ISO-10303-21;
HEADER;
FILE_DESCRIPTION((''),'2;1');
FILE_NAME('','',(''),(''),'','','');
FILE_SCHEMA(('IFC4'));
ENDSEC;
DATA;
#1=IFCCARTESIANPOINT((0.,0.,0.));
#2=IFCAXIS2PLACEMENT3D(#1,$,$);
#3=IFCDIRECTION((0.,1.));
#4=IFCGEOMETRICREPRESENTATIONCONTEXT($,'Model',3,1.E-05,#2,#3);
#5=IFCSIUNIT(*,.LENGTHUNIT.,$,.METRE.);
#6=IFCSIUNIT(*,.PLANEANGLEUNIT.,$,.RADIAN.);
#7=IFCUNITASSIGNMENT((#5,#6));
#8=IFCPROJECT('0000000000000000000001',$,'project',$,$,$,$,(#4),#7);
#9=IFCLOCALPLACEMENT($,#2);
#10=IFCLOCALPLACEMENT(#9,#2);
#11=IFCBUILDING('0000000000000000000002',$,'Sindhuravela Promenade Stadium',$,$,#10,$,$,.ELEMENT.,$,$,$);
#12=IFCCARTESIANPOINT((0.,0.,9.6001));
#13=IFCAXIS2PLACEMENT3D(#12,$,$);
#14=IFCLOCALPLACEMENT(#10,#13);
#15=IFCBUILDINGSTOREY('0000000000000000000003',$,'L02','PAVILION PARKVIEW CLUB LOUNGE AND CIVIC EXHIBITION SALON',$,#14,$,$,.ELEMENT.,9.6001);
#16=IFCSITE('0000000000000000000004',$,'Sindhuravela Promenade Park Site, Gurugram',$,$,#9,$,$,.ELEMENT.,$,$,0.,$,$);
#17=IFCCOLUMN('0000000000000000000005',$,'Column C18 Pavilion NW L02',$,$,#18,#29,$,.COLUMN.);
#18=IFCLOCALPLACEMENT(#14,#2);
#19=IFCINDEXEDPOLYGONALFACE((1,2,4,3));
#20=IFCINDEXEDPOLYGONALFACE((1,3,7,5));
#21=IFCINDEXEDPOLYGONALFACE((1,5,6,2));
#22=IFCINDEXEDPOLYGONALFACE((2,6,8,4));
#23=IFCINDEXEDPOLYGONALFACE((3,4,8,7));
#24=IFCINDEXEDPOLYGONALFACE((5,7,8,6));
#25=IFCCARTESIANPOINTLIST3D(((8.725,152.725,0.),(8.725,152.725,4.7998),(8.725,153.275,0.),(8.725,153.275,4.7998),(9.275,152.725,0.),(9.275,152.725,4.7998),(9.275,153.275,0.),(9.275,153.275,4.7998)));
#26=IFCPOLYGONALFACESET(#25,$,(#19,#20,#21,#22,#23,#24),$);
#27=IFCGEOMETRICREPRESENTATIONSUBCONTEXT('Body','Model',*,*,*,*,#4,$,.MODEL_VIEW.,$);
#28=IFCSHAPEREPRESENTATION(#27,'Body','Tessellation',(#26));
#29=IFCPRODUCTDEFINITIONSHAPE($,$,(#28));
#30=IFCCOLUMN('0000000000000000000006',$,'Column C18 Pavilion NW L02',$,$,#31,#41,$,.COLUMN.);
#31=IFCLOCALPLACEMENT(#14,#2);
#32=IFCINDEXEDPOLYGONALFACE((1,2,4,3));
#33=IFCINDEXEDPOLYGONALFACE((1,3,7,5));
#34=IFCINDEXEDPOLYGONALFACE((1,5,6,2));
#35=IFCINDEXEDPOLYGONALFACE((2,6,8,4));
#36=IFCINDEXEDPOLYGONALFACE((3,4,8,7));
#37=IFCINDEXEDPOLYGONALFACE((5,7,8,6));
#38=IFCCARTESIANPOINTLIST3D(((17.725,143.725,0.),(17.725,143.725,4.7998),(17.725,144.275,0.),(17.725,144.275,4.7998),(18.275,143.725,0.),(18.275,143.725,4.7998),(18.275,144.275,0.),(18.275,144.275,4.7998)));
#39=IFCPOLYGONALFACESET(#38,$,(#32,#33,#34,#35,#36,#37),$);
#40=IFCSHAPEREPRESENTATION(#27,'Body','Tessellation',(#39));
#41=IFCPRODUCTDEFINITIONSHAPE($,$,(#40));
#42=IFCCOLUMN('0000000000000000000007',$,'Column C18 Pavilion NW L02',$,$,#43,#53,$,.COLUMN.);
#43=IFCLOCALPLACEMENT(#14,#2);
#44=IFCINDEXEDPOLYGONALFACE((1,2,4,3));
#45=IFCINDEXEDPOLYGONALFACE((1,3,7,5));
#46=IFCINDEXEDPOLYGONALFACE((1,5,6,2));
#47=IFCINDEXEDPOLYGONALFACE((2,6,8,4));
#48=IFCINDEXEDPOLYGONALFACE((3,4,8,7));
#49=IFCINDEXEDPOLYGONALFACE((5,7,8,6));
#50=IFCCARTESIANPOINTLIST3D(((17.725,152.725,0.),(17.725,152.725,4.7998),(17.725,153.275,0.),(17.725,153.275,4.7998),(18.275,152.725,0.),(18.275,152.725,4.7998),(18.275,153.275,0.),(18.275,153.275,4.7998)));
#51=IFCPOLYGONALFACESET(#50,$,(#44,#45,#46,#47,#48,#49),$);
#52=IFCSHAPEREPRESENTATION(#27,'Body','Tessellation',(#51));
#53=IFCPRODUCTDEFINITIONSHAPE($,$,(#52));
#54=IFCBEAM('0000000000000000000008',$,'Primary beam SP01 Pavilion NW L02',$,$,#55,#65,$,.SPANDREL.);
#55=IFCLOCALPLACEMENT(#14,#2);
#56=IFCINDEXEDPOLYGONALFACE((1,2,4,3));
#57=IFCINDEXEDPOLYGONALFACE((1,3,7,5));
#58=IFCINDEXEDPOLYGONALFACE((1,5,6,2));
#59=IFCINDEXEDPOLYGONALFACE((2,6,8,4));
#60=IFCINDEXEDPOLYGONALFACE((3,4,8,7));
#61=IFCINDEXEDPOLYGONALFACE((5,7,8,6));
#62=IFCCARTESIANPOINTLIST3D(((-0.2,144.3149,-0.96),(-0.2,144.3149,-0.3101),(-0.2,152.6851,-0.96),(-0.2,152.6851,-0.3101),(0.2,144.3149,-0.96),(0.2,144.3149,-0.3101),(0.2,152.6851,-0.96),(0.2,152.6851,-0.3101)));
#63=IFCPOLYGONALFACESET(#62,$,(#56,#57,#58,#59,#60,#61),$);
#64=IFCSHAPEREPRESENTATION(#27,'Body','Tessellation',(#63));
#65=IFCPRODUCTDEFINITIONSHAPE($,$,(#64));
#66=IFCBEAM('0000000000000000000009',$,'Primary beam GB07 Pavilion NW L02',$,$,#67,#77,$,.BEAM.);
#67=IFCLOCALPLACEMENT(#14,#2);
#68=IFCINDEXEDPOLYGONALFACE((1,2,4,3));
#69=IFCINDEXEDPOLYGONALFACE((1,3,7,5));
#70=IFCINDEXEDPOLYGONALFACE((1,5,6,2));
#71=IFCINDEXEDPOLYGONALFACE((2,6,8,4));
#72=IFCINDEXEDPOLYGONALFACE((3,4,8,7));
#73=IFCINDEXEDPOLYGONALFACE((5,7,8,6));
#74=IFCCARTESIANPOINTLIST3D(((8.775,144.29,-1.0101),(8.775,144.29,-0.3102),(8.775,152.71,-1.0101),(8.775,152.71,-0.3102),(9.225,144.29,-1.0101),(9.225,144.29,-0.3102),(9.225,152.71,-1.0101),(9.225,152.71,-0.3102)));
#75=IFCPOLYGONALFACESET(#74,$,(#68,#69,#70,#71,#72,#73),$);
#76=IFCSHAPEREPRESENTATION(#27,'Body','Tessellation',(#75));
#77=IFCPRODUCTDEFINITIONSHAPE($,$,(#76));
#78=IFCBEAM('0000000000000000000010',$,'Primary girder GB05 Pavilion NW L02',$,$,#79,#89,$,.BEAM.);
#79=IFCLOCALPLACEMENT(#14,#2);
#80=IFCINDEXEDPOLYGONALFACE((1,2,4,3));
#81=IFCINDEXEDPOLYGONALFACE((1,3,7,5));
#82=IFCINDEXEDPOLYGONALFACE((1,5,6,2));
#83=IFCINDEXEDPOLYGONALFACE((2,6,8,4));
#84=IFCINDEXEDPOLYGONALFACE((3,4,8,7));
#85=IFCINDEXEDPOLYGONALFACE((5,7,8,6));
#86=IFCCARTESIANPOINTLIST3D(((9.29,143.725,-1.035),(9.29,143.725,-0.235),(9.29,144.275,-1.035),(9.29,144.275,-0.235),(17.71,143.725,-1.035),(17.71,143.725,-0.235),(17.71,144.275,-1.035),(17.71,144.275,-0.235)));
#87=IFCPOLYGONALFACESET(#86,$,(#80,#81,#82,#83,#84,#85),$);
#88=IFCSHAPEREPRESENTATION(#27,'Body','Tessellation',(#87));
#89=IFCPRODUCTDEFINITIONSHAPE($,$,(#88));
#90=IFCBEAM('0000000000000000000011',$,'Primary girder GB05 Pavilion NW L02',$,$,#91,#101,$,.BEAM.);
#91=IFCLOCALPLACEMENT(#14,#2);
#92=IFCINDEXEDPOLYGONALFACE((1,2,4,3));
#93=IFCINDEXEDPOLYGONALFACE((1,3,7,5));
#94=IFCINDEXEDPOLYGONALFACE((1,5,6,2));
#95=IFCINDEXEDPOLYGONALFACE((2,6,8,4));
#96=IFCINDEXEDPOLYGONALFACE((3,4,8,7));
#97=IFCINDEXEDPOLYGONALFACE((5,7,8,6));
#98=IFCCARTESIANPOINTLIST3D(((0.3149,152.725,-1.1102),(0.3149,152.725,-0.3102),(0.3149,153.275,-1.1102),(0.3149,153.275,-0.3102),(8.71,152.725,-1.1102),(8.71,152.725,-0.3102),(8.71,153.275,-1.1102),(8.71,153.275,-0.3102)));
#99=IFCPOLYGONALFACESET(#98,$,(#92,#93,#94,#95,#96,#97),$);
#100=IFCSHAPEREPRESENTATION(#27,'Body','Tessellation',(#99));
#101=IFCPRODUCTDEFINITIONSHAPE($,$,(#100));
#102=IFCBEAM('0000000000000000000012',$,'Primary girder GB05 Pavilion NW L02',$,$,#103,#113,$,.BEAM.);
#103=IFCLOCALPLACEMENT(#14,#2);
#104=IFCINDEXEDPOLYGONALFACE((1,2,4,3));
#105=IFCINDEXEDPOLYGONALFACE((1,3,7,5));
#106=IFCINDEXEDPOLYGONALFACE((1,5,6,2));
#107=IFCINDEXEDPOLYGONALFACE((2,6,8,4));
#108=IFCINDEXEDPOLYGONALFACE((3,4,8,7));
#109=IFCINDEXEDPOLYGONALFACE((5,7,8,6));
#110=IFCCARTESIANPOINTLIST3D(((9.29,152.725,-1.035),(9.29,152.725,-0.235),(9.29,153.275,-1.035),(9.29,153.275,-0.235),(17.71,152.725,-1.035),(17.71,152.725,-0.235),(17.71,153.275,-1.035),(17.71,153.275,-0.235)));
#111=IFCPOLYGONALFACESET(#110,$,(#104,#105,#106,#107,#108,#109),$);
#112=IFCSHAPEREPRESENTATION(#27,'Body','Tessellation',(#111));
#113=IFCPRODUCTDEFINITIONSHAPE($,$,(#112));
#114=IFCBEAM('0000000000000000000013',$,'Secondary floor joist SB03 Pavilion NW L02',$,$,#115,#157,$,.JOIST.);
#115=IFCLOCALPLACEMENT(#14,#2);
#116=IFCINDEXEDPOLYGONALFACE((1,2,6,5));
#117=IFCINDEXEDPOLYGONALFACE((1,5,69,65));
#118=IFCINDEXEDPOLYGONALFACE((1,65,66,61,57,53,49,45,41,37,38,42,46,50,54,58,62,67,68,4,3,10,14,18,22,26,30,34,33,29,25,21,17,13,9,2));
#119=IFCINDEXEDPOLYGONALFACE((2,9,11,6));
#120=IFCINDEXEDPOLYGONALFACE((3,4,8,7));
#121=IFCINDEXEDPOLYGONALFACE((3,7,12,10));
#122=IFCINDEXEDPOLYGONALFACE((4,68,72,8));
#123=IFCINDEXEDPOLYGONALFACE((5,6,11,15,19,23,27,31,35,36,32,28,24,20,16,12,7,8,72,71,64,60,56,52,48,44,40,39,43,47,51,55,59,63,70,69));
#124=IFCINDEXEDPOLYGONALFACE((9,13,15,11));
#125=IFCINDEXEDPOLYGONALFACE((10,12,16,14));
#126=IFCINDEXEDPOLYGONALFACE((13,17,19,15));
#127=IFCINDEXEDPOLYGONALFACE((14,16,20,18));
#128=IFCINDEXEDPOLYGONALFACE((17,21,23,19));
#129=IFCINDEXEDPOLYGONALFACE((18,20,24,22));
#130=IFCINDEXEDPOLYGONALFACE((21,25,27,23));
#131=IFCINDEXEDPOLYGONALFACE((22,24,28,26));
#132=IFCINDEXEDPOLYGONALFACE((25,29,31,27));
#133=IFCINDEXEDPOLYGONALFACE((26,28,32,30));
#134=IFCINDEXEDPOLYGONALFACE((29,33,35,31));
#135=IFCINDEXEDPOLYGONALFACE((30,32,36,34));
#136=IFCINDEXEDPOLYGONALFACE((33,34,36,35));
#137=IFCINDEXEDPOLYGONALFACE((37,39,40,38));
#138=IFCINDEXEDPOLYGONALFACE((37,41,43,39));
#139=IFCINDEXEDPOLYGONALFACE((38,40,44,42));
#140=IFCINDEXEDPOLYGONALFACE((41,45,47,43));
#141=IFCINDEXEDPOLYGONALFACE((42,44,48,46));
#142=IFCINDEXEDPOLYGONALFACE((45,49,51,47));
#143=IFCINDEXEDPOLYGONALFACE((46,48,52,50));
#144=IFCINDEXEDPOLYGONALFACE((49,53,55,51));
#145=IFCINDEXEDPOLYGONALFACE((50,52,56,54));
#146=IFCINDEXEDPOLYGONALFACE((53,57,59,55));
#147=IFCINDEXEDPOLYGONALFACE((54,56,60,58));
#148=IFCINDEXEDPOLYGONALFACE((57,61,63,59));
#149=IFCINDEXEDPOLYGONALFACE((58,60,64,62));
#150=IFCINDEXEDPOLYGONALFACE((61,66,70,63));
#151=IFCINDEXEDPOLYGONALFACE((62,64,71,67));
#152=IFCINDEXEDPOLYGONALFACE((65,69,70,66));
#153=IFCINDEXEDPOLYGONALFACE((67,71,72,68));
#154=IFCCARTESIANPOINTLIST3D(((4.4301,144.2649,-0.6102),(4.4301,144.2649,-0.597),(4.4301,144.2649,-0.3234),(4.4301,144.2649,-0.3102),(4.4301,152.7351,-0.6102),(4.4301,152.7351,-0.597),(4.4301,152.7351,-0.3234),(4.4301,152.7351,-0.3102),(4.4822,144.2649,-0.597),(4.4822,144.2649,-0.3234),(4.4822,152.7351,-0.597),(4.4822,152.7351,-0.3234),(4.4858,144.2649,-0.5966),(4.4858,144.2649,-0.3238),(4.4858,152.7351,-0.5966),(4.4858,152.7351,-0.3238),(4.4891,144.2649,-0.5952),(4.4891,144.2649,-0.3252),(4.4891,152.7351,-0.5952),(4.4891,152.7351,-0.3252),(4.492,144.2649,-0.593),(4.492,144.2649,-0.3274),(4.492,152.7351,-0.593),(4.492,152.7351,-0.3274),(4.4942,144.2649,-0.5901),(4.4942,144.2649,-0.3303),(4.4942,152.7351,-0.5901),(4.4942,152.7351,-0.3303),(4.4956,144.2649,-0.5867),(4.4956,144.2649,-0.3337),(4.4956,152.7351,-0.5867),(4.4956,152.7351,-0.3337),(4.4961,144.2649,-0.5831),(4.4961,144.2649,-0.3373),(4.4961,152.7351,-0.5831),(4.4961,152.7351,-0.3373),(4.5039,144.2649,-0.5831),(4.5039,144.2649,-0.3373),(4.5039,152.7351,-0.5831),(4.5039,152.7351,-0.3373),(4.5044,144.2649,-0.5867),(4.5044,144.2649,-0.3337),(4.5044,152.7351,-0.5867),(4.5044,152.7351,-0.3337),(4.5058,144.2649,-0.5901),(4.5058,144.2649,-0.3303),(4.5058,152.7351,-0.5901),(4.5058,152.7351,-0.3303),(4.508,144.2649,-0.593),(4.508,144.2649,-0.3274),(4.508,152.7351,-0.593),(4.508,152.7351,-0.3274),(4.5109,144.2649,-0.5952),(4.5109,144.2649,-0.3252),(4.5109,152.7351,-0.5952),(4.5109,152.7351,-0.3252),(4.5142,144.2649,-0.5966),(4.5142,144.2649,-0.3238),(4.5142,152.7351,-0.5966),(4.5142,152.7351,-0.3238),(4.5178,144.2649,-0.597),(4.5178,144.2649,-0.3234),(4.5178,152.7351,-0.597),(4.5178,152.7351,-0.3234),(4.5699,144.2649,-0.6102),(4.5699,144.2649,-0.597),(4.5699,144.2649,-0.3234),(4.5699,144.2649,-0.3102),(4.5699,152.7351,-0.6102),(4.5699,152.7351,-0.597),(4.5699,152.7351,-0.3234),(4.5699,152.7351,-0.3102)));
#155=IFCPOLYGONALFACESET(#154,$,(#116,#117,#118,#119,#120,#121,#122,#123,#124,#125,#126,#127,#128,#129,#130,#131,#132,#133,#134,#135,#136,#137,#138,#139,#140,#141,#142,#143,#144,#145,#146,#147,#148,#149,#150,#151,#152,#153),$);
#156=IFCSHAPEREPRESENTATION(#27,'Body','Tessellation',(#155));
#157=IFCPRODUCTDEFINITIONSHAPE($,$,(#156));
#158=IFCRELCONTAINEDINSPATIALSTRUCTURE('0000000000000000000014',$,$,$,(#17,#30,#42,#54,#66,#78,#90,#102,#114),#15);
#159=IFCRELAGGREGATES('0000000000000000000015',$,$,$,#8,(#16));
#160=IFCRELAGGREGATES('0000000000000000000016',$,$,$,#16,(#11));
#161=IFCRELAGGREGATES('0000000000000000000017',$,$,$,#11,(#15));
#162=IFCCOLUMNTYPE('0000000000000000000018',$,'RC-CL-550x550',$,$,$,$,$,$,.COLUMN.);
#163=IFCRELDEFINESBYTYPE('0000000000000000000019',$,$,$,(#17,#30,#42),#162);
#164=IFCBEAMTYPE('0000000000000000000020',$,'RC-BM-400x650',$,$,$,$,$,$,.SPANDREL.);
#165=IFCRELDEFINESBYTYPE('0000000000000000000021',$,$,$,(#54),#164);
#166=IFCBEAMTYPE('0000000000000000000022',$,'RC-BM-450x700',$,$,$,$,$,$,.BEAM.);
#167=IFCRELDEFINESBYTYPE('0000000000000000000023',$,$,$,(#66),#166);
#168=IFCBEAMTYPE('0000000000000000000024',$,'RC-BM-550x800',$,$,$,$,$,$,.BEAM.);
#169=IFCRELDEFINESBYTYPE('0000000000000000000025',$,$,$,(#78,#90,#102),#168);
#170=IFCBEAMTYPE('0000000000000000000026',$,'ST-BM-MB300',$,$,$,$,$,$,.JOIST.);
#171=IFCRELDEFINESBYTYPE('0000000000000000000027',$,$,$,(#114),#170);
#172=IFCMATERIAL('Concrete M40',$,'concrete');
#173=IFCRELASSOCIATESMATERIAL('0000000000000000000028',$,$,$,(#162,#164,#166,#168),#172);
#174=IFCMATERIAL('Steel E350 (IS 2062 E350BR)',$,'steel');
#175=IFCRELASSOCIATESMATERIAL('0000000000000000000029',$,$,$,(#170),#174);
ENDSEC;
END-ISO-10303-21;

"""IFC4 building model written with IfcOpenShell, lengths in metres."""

from ifc_helpers import new_model, si_unit, direction, frame, origin, origin_2d, place, context, subcontext, project, spatial, rectangle, i_section, extrude, material, material_profile, profile_set, type_object, element, save


model = new_model("IFC4")

# Units and contexts
model_context = context("Model", 3, precision=1e-05, world=origin(), true_north=direction((0.0, 1.0)))
body_context = subcontext(model_context, "Body", "Model", "MODEL_VIEW")
ifc_project = project(units=[si_unit("LENGTHUNIT", "METRE"), si_unit("PLANEANGLEUNIT", "RADIAN")], contexts=[model_context])

# Site, building, storey
site_placement = place(None, origin())
site = spatial("IfcSite", under=ifc_project, at=site_placement, Name="Sindhuravela Promenade Park Site, Gurugram", CompositionType="ELEMENT", RefElevation=0.0)
building_placement = place(site_placement, origin())
building = spatial("IfcBuilding", under=site, at=building_placement, Name="Sindhuravela Promenade Stadium", CompositionType="ELEMENT")
storey_placement = place(building_placement, frame((0.0, 0.0, 9.6001)))
storey = spatial("IfcBuildingStorey", under=building, at=storey_placement, Name="L02", Description="PAVILION PARKVIEW CLUB LOUNGE AND CIVIC EXHIBITION SALON", CompositionType="ELEMENT", Elevation=9.6001)

# Columns
ifc_material_1 = material(Name="Concrete M40", Category="concrete")
ifc_material_profile_1 = material_profile(ifc_material_1, rectangle(XDim=0.55, YDim=0.55, at=origin_2d()), Name="RC 550x550")
ifc_profile_set_1 = profile_set([ifc_material_profile_1], Name="Concrete M40")
column_type = type_object("IfcColumnType", Name="RC-CL-550x550", PredefinedType="COLUMN", material=ifc_profile_set_1)
for number, where, z_axis, x_axis, name in (
    (1, (9.0, 153.0, 0.0), (0.0, 0.0, 1.0), (1.0, 0.0, 0.0), "Column C18 Pavilion NW L02"),
    (2, (18.0, 144.0, 0.0), (0.0, 0.0, 1.0), (1.0, 0.0, 0.0), "Column C18 Pavilion NW L02"),
    (3, (18.0, 153.0, 0.0), (0.0, 0.0, 1.0), (1.0, 0.0, 0.0), "Column C18 Pavilion NW L02"),
):
    element("IfcColumn", number, at=place(storey_placement, frame(where, z_axis=z_axis, x_axis=x_axis)), inside=storey, type_object=column_type, Name=name, PredefinedType="COLUMN", context=body_context, shape_type="SweptSolid", body=[
        extrude(rectangle(XDim=0.55, YDim=0.55, at=origin_2d()), origin(), (0.0, 0.0, 1.0), 4.7998),
    ])

# Beams
ifc_material_profile_2 = material_profile(ifc_material_1, rectangle(XDim=0.3999, YDim=0.6499, at=origin_2d()), Name="RC 400x650")
ifc_profile_set_2 = profile_set([ifc_material_profile_2], Name="Concrete M40")
beam_type_1 = type_object("IfcBeamType", Name="RC-BM-400x650", PredefinedType="SPANDREL", material=ifc_profile_set_2)
beam_1_placement = place(storey_placement, frame((0.0, 144.3149, -0.635), z_axis=(0.0, 1.0, 0.0), x_axis=(-1.0, 0.0, 0.0)))
element("IfcBeam", 4, at=beam_1_placement, inside=storey, type_object=beam_type_1, Name="Primary beam SP01 Pavilion NW L02", PredefinedType="SPANDREL", context=body_context, shape_type="SweptSolid", body=[
    extrude(rectangle(XDim=0.3999, YDim=0.6499, at=origin_2d()), origin(), (0.0, 0.0, 1.0), 8.3701),
])
ifc_material_profile_3 = material_profile(ifc_material_1, rectangle(XDim=0.45, YDim=0.7, at=origin_2d()), Name="RC 450x700")
ifc_profile_set_3 = profile_set([ifc_material_profile_3], Name="Concrete M40")
beam_type_2 = type_object("IfcBeamType", Name="RC-BM-450x700", PredefinedType="BEAM", material=ifc_profile_set_3)
beam_2_placement = place(storey_placement, frame((9.0, 144.29, -0.6602), z_axis=(0.0, 1.0, 0.0), x_axis=(-1.0, 0.0, 0.0)))
element("IfcBeam", 5, at=beam_2_placement, inside=storey, type_object=beam_type_2, Name="Primary beam GB07 Pavilion NW L02", PredefinedType="BEAM", context=body_context, shape_type="SweptSolid", body=[
    extrude(rectangle(XDim=0.45, YDim=0.7, at=origin_2d()), origin(), (0.0, 0.0, 1.0), 8.4199),
])
ifc_material_profile_4 = material_profile(ifc_material_1, rectangle(XDim=0.55, YDim=0.8, at=origin_2d()), Name="RC 550x800")
ifc_profile_set_4 = profile_set([ifc_material_profile_4], Name="Concrete M40")
beam_type_3 = type_object("IfcBeamType", Name="RC-BM-550x800", PredefinedType="BEAM", material=ifc_profile_set_4)
beam_3_placement = place(storey_placement, frame((9.29, 144.0, -0.635), z_axis=(1.0, 0.0, 0.0), x_axis=(0.0, 1.0, 0.0)))
element("IfcBeam", 6, at=beam_3_placement, inside=storey, type_object=beam_type_3, Name="Primary girder GB05 Pavilion NW L02", PredefinedType="BEAM", context=body_context, shape_type="SweptSolid", body=[
    extrude(rectangle(XDim=0.55, YDim=0.8, at=origin_2d()), origin(), (0.0, 0.0, 1.0), 8.4199),
])
beam_4_placement = place(storey_placement, frame((0.3149, 153.0, -0.7102), z_axis=(1.0, 0.0, 0.0), x_axis=(0.0, 1.0, 0.0)))
element("IfcBeam", 7, at=beam_4_placement, inside=storey, type_object=beam_type_3, Name="Primary girder GB05 Pavilion NW L02", PredefinedType="BEAM", context=body_context, shape_type="SweptSolid", body=[
    extrude(rectangle(XDim=0.55, YDim=0.8, at=origin_2d()), origin(), (0.0, 0.0, 1.0), 8.395),
])
beam_5_placement = place(storey_placement, frame((9.29, 153.0, -0.635), z_axis=(1.0, 0.0, 0.0), x_axis=(0.0, 1.0, 0.0)))
element("IfcBeam", 8, at=beam_5_placement, inside=storey, type_object=beam_type_3, Name="Primary girder GB05 Pavilion NW L02", PredefinedType="BEAM", context=body_context, shape_type="SweptSolid", body=[
    extrude(rectangle(XDim=0.55, YDim=0.8, at=origin_2d()), origin(), (0.0, 0.0, 1.0), 8.4199),
])
ifc_material_2 = material(Name="Steel E350 (IS 2062 E350BR)", Category="steel")
ifc_material_profile_5 = material_profile(ifc_material_2, i_section(OverallWidth=0.1399, OverallDepth=0.3, WebThickness=0.0078, FlangeThickness=0.0132, FilletRadius=0.0139, at=origin_2d()), Name="ISMB 300")
ifc_profile_set_5 = profile_set([ifc_material_profile_5], Name="Steel E350 (IS 2062 E350BR)")
beam_type_4 = type_object("IfcBeamType", Name="ST-BM-MB300", PredefinedType="JOIST", material=ifc_profile_set_5)
beam_6_placement = place(storey_placement, frame((4.5, 144.2649, -0.4602), z_axis=(0.0, 1.0, 0.0), x_axis=(-1.0, 0.0, 0.0)))
element("IfcBeam", 9, at=beam_6_placement, inside=storey, type_object=beam_type_4, Name="Secondary floor joist SB03 Pavilion NW L02", PredefinedType="JOIST", context=body_context, shape_type="SweptSolid", body=[
    extrude(i_section(OverallWidth=0.1399, OverallDepth=0.3, WebThickness=0.0078, FlangeThickness=0.0132, FilletRadius=0.0139, at=origin_2d()), origin(), (0.0, 0.0, 1.0), 8.4702),
])

save(model, "model.ifc")
